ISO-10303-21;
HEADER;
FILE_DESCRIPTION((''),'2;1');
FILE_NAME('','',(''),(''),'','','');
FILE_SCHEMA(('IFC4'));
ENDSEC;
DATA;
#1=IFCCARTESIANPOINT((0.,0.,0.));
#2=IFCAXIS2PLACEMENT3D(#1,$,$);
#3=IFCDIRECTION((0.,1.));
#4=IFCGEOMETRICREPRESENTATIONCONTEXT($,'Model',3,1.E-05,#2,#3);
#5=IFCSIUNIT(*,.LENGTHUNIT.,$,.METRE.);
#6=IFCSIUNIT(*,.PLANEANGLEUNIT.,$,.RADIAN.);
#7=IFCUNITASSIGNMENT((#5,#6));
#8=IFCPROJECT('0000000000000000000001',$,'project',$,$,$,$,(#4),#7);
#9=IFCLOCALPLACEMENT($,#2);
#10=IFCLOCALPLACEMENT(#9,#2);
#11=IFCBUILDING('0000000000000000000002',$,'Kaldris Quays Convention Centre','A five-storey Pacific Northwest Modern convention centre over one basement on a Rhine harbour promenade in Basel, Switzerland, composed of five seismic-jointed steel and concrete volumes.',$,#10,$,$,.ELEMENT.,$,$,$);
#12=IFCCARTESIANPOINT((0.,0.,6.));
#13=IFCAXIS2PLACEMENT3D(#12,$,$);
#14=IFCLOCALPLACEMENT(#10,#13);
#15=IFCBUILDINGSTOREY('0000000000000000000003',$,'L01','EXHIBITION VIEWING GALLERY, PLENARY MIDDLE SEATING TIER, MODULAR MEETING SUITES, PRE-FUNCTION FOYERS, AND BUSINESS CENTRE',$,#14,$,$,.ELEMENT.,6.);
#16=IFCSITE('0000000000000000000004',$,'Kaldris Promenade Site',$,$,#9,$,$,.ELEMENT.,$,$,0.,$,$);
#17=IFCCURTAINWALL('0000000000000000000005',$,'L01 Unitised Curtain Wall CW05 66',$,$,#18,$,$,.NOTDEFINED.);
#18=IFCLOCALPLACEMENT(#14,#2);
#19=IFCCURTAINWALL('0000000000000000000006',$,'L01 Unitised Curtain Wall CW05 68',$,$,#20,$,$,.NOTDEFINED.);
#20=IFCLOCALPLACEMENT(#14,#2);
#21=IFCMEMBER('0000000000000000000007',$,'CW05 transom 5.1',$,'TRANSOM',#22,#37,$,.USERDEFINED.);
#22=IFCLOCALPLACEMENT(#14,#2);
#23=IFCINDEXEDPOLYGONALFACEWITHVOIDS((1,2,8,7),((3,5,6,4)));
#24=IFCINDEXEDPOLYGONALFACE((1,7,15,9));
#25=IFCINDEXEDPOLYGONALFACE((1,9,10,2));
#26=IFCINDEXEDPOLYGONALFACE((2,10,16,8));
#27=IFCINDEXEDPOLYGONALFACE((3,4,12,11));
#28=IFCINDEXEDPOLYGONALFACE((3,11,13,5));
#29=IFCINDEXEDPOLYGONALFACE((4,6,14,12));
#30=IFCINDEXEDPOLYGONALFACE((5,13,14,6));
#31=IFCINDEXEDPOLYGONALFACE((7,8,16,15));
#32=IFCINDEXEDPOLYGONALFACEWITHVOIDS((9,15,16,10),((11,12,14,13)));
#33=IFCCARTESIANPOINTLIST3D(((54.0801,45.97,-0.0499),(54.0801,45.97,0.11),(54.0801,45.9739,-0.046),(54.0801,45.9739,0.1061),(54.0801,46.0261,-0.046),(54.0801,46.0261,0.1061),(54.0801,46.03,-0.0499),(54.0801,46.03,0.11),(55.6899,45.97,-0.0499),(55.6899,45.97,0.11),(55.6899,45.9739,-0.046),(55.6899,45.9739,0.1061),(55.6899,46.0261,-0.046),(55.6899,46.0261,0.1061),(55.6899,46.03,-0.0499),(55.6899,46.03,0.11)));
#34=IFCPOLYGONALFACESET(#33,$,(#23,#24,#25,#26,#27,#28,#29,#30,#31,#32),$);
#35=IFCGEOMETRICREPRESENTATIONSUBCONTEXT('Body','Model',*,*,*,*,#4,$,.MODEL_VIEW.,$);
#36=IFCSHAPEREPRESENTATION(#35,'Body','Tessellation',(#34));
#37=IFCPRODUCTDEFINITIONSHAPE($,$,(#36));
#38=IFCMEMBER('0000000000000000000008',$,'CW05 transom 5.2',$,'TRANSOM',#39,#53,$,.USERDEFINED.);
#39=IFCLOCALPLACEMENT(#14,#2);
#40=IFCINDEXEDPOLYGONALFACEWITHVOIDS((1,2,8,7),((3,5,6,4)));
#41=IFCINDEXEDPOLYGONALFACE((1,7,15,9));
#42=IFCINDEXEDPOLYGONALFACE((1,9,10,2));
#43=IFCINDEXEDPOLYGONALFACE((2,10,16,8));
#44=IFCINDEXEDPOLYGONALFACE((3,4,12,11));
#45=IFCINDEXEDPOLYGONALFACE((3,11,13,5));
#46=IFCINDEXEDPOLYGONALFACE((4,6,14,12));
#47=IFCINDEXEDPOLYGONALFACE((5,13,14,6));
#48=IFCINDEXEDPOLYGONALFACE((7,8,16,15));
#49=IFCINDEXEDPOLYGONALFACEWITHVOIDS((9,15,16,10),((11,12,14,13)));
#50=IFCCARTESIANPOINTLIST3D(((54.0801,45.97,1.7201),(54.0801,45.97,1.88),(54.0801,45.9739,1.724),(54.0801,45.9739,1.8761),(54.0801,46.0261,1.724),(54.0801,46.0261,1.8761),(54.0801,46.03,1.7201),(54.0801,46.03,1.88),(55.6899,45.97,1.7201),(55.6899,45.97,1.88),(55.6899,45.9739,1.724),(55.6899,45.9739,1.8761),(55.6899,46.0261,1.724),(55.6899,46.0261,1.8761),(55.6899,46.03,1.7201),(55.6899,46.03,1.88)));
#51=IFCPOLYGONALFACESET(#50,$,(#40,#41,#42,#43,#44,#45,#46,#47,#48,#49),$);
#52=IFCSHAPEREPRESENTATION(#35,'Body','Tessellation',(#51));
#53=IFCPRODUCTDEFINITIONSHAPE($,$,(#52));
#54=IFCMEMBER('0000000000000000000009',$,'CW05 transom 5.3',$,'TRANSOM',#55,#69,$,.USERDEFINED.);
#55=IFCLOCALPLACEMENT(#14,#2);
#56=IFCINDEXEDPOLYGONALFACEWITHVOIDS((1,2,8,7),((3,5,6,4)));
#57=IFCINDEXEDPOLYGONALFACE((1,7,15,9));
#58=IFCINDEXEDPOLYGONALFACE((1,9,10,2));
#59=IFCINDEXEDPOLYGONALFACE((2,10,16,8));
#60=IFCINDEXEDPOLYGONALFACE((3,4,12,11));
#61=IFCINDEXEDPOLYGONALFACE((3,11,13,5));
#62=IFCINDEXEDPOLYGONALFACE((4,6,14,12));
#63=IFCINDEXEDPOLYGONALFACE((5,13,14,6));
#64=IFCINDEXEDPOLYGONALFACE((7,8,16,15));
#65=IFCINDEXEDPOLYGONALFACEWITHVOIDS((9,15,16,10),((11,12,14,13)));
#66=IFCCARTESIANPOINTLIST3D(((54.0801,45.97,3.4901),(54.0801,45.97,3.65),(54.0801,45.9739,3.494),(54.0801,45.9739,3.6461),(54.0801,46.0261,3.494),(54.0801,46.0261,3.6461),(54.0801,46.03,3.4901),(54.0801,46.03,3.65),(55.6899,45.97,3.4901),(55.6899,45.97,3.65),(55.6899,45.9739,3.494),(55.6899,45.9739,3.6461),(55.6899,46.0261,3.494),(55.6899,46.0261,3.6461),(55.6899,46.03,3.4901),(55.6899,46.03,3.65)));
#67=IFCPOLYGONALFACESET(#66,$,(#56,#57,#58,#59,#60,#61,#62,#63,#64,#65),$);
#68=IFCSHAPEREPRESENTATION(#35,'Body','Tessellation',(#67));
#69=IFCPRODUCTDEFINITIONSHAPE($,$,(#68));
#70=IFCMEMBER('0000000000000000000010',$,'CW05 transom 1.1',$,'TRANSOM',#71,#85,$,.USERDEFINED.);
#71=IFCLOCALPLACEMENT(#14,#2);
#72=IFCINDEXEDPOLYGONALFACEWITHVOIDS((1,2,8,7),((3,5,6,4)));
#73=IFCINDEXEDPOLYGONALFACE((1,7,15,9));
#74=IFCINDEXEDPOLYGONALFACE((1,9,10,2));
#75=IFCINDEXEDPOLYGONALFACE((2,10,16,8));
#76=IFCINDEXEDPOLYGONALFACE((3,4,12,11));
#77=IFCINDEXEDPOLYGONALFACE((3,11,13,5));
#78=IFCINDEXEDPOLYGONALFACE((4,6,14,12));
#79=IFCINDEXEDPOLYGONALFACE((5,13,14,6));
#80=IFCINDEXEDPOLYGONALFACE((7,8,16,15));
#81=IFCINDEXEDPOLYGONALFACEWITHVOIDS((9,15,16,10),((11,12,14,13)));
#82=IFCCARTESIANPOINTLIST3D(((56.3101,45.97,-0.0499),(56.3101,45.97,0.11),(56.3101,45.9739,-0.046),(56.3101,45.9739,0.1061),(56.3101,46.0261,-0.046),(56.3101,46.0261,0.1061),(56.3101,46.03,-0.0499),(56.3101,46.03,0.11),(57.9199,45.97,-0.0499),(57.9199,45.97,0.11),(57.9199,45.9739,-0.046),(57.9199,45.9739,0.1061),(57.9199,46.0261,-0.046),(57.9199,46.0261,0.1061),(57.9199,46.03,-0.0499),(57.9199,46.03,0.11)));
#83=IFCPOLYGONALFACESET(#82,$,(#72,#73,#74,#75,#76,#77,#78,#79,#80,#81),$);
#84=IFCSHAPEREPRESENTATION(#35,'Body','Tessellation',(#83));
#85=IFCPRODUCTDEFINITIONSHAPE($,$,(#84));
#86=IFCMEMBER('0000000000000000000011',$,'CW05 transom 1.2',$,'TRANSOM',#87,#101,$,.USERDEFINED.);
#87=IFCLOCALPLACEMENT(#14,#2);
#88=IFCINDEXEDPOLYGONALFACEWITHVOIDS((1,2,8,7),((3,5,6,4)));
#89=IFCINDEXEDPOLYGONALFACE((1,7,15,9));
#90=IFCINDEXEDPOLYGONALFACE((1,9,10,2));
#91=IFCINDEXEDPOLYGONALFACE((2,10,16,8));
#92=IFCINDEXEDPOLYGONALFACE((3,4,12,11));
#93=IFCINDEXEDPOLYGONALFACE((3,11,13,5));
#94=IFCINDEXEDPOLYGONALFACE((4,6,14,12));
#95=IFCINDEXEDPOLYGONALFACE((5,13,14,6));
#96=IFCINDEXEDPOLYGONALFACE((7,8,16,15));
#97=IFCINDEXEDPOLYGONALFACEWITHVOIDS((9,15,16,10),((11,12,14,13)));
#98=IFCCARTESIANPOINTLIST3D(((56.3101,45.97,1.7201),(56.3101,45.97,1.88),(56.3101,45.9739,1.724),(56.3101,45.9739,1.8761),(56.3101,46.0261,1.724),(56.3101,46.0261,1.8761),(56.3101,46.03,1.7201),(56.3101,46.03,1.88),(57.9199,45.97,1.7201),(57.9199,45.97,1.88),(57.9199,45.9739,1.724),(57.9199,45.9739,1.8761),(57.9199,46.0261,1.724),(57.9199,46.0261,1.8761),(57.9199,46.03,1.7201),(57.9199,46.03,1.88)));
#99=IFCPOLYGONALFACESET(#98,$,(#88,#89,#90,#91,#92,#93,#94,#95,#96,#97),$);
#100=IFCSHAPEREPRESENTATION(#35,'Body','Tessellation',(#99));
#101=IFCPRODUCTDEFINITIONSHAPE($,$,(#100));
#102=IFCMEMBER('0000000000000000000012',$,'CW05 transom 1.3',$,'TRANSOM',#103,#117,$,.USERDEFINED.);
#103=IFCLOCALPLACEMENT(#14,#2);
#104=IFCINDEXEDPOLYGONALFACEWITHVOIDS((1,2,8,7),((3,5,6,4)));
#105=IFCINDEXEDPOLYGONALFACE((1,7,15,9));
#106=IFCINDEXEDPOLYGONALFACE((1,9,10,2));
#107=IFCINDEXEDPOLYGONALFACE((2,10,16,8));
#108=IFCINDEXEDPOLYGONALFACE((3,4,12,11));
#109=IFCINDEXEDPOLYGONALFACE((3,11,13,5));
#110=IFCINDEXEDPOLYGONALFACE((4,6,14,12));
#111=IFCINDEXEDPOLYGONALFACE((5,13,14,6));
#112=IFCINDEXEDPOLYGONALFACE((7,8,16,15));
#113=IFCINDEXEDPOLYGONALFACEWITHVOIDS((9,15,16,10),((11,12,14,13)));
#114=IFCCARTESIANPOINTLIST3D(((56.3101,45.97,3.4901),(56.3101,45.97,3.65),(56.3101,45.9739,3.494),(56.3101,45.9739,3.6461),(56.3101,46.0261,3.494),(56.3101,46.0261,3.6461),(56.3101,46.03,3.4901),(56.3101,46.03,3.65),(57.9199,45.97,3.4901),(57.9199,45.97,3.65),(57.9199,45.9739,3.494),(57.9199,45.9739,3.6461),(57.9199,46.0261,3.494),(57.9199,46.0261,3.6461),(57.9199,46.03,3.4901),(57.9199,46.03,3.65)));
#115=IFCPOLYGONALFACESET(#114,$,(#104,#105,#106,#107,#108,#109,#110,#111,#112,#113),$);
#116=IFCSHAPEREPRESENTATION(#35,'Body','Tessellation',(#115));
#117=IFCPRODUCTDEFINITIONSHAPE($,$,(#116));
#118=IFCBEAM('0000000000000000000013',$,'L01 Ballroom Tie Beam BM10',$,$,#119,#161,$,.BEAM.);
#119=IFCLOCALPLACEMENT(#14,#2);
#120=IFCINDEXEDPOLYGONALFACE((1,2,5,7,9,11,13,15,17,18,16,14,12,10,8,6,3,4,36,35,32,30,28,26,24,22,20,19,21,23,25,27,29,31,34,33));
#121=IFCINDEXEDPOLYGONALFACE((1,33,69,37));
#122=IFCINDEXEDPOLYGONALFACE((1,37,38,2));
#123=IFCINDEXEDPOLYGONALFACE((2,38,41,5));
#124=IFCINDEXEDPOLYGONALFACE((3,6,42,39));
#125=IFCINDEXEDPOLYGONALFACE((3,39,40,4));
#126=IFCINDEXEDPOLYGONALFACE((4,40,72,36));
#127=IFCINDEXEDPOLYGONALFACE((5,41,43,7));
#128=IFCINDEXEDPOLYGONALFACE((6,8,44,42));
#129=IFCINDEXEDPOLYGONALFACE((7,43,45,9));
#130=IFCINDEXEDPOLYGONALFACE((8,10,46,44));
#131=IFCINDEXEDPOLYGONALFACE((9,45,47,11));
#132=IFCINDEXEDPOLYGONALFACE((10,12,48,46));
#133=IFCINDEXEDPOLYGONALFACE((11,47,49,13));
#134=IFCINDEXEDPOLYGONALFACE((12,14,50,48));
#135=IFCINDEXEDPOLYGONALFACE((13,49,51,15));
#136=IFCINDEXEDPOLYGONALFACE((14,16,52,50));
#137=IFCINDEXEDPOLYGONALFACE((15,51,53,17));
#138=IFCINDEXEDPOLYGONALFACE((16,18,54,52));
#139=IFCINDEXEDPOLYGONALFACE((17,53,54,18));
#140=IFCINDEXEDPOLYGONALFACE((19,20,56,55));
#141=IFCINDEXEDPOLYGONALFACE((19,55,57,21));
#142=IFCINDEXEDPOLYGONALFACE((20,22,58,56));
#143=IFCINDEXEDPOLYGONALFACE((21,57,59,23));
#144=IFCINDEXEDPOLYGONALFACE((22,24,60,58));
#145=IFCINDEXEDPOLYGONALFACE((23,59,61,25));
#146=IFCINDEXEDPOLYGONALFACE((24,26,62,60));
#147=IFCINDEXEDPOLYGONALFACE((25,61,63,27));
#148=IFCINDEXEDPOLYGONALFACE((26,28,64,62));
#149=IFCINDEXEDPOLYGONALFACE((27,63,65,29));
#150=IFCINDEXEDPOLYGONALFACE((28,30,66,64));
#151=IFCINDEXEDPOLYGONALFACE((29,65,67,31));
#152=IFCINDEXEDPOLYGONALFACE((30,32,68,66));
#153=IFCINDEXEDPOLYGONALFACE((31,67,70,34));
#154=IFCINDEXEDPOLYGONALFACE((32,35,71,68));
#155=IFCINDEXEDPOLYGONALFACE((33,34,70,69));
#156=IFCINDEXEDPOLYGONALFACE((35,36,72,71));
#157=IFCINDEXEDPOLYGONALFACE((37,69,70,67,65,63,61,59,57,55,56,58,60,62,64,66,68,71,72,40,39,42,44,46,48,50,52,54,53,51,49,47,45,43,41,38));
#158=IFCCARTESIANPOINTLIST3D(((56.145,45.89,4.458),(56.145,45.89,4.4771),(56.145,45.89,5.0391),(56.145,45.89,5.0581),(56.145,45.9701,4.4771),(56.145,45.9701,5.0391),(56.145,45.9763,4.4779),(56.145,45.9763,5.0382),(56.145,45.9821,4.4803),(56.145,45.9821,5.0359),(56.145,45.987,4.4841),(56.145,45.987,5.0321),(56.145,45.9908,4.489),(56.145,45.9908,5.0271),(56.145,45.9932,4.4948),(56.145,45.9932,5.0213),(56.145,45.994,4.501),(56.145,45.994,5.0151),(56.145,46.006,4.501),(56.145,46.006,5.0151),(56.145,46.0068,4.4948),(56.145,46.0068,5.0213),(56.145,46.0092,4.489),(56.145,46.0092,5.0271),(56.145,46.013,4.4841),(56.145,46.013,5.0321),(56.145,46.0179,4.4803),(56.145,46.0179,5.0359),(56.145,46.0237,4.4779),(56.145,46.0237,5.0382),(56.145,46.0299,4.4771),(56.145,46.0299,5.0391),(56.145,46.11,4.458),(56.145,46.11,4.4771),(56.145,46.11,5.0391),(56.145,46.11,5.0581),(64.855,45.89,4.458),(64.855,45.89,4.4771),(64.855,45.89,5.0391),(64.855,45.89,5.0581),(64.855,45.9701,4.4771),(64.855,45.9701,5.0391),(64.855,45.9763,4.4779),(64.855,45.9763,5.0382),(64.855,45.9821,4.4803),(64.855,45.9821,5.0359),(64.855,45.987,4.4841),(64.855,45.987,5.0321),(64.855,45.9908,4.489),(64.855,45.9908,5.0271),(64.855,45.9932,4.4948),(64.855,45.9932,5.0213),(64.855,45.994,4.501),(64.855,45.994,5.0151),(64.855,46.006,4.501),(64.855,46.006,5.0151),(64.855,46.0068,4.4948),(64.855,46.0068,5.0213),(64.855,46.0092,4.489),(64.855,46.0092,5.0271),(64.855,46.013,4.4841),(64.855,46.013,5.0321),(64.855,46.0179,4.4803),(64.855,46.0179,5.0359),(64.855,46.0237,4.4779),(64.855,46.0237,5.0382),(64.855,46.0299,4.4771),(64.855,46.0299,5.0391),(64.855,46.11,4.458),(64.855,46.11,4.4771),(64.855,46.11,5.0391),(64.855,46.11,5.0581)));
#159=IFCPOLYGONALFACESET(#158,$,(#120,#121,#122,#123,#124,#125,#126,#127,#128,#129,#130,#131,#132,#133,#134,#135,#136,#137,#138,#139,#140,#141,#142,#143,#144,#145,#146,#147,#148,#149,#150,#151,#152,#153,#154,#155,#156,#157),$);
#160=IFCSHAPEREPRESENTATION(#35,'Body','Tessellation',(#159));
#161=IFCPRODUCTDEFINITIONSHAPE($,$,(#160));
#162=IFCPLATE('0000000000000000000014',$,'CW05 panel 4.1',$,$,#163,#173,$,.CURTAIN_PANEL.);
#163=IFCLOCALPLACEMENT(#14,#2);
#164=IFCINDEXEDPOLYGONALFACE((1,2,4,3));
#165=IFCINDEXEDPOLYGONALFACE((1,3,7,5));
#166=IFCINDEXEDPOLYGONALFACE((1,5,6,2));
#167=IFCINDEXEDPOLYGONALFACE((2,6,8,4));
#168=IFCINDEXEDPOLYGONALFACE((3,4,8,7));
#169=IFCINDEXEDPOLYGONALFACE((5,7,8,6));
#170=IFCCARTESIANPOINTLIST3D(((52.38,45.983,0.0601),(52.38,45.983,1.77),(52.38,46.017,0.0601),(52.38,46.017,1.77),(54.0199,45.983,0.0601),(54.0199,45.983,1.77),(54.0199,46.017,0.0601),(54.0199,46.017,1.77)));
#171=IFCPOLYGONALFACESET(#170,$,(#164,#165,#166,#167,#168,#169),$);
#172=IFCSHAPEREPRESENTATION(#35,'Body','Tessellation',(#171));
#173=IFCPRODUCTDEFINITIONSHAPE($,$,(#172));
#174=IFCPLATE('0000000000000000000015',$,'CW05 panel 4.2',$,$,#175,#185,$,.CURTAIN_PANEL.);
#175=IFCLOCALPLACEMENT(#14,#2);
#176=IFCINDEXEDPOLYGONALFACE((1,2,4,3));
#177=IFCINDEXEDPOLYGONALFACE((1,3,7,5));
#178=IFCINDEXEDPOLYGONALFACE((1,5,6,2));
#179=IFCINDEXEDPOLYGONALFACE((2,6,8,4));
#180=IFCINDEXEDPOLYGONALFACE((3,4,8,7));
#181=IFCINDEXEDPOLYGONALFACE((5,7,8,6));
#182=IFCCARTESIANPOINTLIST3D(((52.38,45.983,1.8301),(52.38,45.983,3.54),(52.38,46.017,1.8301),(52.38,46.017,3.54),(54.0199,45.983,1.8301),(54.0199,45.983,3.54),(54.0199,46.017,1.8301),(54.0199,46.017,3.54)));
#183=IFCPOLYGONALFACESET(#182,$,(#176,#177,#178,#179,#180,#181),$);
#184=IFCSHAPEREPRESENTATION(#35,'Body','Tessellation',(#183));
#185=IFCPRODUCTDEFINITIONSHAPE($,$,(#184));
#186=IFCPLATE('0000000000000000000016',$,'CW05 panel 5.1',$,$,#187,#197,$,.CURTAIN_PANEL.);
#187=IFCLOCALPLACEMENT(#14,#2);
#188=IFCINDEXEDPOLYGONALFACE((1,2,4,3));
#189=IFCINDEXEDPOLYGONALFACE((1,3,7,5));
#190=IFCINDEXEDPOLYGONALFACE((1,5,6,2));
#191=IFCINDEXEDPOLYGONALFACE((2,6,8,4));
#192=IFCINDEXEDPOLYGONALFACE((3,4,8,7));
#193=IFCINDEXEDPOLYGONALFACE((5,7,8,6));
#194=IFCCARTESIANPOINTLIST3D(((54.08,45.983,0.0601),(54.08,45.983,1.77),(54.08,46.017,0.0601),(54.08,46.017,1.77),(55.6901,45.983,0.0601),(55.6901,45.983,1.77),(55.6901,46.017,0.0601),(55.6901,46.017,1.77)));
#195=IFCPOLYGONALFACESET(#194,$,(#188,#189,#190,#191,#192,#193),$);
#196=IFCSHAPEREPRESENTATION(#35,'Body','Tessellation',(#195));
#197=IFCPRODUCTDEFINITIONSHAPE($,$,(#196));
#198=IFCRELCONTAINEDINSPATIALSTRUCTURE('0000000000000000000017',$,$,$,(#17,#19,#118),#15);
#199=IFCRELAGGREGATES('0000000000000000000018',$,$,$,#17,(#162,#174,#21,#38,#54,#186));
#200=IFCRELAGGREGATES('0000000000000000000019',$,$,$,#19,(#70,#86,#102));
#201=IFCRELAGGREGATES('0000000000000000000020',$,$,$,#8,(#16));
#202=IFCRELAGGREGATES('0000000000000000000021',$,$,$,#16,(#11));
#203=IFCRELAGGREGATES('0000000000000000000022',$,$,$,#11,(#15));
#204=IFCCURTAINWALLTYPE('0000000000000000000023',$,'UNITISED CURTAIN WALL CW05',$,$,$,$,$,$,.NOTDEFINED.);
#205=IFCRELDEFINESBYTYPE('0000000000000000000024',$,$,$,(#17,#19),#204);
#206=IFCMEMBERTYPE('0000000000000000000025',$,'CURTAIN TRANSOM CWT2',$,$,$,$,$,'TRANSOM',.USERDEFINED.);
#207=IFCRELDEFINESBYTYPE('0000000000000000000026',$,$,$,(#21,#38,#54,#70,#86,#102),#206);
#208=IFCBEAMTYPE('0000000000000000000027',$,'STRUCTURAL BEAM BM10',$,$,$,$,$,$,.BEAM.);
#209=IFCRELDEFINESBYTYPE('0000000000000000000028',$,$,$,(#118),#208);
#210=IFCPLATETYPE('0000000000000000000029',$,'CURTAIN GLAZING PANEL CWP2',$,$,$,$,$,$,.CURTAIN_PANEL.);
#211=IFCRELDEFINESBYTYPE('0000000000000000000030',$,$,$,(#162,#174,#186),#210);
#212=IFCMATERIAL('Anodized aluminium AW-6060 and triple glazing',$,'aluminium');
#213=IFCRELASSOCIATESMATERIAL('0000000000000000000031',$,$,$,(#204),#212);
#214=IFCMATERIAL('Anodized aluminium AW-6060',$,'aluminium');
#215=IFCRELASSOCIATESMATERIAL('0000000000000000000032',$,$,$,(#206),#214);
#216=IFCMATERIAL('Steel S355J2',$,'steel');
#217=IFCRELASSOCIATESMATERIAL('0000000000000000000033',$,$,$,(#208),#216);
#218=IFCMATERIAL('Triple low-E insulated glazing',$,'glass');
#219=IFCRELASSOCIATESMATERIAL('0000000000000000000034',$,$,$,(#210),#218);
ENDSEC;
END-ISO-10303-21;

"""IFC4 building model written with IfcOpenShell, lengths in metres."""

from ifc_helpers import new_model, si_unit, direction, frame, origin, origin_2d, place, context, subcontext, project, spatial, rectangle, hollow_rectangle, i_section, extrude, material, material_profile, profile_set, type_object, element, aggregate, save


model = new_model("IFC4")

# Units and contexts
model_context = context("Model", 3, precision=1e-05, world=origin(), true_north=direction((0.0, 1.0)))
body_context = subcontext(model_context, "Body", "Model", "MODEL_VIEW")
ifc_project = project(units=[si_unit("LENGTHUNIT", "METRE"), si_unit("PLANEANGLEUNIT", "RADIAN")], contexts=[model_context])

# Site, building, storey
site_placement = place(None, origin())
site = spatial("IfcSite", under=ifc_project, at=site_placement, Name="Kaldris Promenade Site", CompositionType="ELEMENT", RefElevation=0.0)
building_placement = place(site_placement, origin())
building = spatial("IfcBuilding", under=site, at=building_placement, Name="Kaldris Quays Convention Centre", Description="A five-storey Pacific Northwest Modern convention centre over one basement on a Rhine harbour promenade in Basel, Switzerland, composed of five seismic-jointed steel and concrete volumes.", CompositionType="ELEMENT")
storey_placement = place(building_placement, frame((0.0, 0.0, 6.0)))
storey = spatial("IfcBuildingStorey", under=building, at=storey_placement, Name="L01", Description="EXHIBITION VIEWING GALLERY, PLENARY MIDDLE SEATING TIER, MODULAR MEETING SUITES, PRE-FUNCTION FOYERS, AND BUSINESS CENTRE", CompositionType="ELEMENT", Elevation=6.0)

# Curtain walls
ifc_material_1 = material(Name="Anodized aluminium AW-6060 and triple glazing", Category="aluminium")
curtain_wall_type_1 = type_object("IfcCurtainWallType", Name="UNITISED CURTAIN WALL CW05", PredefinedType="NOTDEFINED", material=ifc_material_1)
curtain_wall_1_placement = place(storey_placement, origin())
curtain_wall_1 = element("IfcCurtainWall", 1, at=curtain_wall_1_placement, inside=storey, type_object=curtain_wall_type_1, Name="L01 Unitised Curtain Wall CW05 66", PredefinedType="NOTDEFINED")
ifc_material_2 = material(Name="Anodized aluminium AW-6060", Category="aluminium")
curtain_wall_2_placement = place(storey_placement, origin())
curtain_wall_2 = element("IfcCurtainWall", 2, at=curtain_wall_2_placement, inside=storey, type_object=curtain_wall_type_1, Name="L01 Unitised Curtain Wall CW05 68", PredefinedType="NOTDEFINED")

# Members
ifc_material_profile_1 = material_profile(ifc_material_2, hollow_rectangle(XDim=0.0601, YDim=0.1599, WallThickness=0.0039, at=origin_2d()), Name="RHS 160x60x4")
ifc_profile_set_1 = profile_set([ifc_material_profile_1], Name="Anodized aluminium AW-6060")
member_type_1 = type_object("IfcMemberType", Name="CURTAIN TRANSOM CWT2", ElementType="TRANSOM", PredefinedType="USERDEFINED", material=ifc_profile_set_1)
member_1_placement = place(storey_placement, frame((54.0801, 46.0, 0.03), z_axis=(1.0, 0.0, 0.0), x_axis=(0.0, 1.0, 0.0)))
member_1 = element("IfcMember", 3, at=member_1_placement, type_object=member_type_1, Name="CW05 transom 5.1", ObjectType="TRANSOM", PredefinedType="USERDEFINED", context=body_context, shape_type="SweptSolid", body=[
    extrude(hollow_rectangle(XDim=0.0601, YDim=0.1599, WallThickness=0.0039, at=origin_2d()), origin(), (0.0, 0.0, 1.0), 1.6099),
])
member_2_placement = place(storey_placement, frame((54.0801, 46.0, 1.8), z_axis=(1.0, 0.0, 0.0), x_axis=(0.0, 1.0, 0.0)))
member_2 = element("IfcMember", 4, at=member_2_placement, type_object=member_type_1, Name="CW05 transom 5.2", ObjectType="TRANSOM", PredefinedType="USERDEFINED", context=body_context, shape_type="SweptSolid", body=[
    extrude(hollow_rectangle(XDim=0.0601, YDim=0.1599, WallThickness=0.0039, at=origin_2d()), origin(), (0.0, 0.0, 1.0), 1.6099),
])
member_3_placement = place(storey_placement, frame((54.0801, 46.0, 3.5701), z_axis=(1.0, 0.0, 0.0), x_axis=(0.0, 1.0, 0.0)))
member_3 = element("IfcMember", 5, at=member_3_placement, type_object=member_type_1, Name="CW05 transom 5.3", ObjectType="TRANSOM", PredefinedType="USERDEFINED", context=body_context, shape_type="SweptSolid", body=[
    extrude(hollow_rectangle(XDim=0.0601, YDim=0.1599, WallThickness=0.0039, at=origin_2d()), origin(), (0.0, 0.0, 1.0), 1.6099),
])
member_4_placement = place(storey_placement, frame((56.3101, 46.0, 0.03), z_axis=(1.0, 0.0, 0.0), x_axis=(0.0, 1.0, 0.0)))
member_4 = element("IfcMember", 6, at=member_4_placement, type_object=member_type_1, Name="CW05 transom 1.1", ObjectType="TRANSOM", PredefinedType="USERDEFINED", context=body_context, shape_type="SweptSolid", body=[
    extrude(hollow_rectangle(XDim=0.0601, YDim=0.1599, WallThickness=0.0039, at=origin_2d()), origin(), (0.0, 0.0, 1.0), 1.6099),
])
member_5_placement = place(storey_placement, frame((56.3101, 46.0, 1.8), z_axis=(1.0, 0.0, 0.0), x_axis=(0.0, 1.0, 0.0)))
member_5 = element("IfcMember", 7, at=member_5_placement, type_object=member_type_1, Name="CW05 transom 1.2", ObjectType="TRANSOM", PredefinedType="USERDEFINED", context=body_context, shape_type="SweptSolid", body=[
    extrude(hollow_rectangle(XDim=0.0601, YDim=0.1599, WallThickness=0.0039, at=origin_2d()), origin(), (0.0, 0.0, 1.0), 1.6099),
])
member_6_placement = place(storey_placement, frame((56.3101, 46.0, 3.5701), z_axis=(1.0, 0.0, 0.0), x_axis=(0.0, 1.0, 0.0)))
member_6 = element("IfcMember", 8, at=member_6_placement, type_object=member_type_1, Name="CW05 transom 1.3", ObjectType="TRANSOM", PredefinedType="USERDEFINED", context=body_context, shape_type="SweptSolid", body=[
    extrude(hollow_rectangle(XDim=0.0601, YDim=0.1599, WallThickness=0.0039, at=origin_2d()), origin(), (0.0, 0.0, 1.0), 1.6099),
])

# Beam
ifc_material_3 = material(Name="Steel S355J2", Category="steel")
ifc_material_profile_2 = material_profile(ifc_material_3, i_section(OverallWidth=0.22, OverallDepth=0.6001, WebThickness=0.012, FlangeThickness=0.019, FilletRadius=0.0239, at=origin_2d()), Name="IPE 600")
ifc_profile_set_2 = profile_set([ifc_material_profile_2], Name="Steel S355J2")
beam_type = type_object("IfcBeamType", Name="STRUCTURAL BEAM BM10", PredefinedType="BEAM", material=ifc_profile_set_2)
beam_placement = place(storey_placement, frame((56.145, 46.0, 4.7581), z_axis=(1.0, 0.0, 0.0), x_axis=(0.0, 1.0, 0.0)))
element("IfcBeam", 9, at=beam_placement, inside=storey, type_object=beam_type, Name="L01 Ballroom Tie Beam BM10", PredefinedType="BEAM", context=body_context, shape_type="SweptSolid", body=[
    extrude(i_section(OverallWidth=0.22, OverallDepth=0.6001, WebThickness=0.012, FlangeThickness=0.019, FilletRadius=0.0239, at=origin_2d()), origin(), (0.0, 0.0, 1.0), 8.71),
])

# Plates
ifc_material_4 = material(Name="Triple low-E insulated glazing", Category="glass")
plate_type_1 = type_object("IfcPlateType", Name="CURTAIN GLAZING PANEL CWP2", PredefinedType="CURTAIN_PANEL", material=ifc_material_4)
plate_1_placement = place(storey_placement, frame((53.2, 46.0, 0.0601), z_axis=(0.0, 0.0, 1.0), x_axis=(1.0, 0.0, 0.0)))
plate_1 = element("IfcPlate", 10, at=plate_1_placement, type_object=plate_type_1, Name="CW05 panel 4.1", PredefinedType="CURTAIN_PANEL", context=body_context, shape_type="SweptSolid", body=[
    extrude(rectangle(XDim=1.6399, YDim=0.0339, at=origin_2d()), origin(), (0.0, 0.0, 1.0), 1.71),
])
plate_2_placement = place(storey_placement, frame((53.2, 46.0, 1.8301), z_axis=(0.0, 0.0, 1.0), x_axis=(1.0, 0.0, 0.0)))
plate_2 = element("IfcPlate", 11, at=plate_2_placement, type_object=plate_type_1, Name="CW05 panel 4.2", PredefinedType="CURTAIN_PANEL", context=body_context, shape_type="SweptSolid", body=[
    extrude(rectangle(XDim=1.6399, YDim=0.0339, at=origin_2d()), origin(), (0.0, 0.0, 1.0), 1.71),
])
plate_3_placement = place(storey_placement, frame((54.885, 46.0, 0.0601), z_axis=(0.0, 0.0, 1.0), x_axis=(1.0, 0.0, 0.0)))
plate_3 = element("IfcPlate", 12, at=plate_3_placement, type_object=plate_type_1, Name="CW05 panel 5.1", PredefinedType="CURTAIN_PANEL", context=body_context, shape_type="SweptSolid", body=[
    extrude(rectangle(XDim=1.6101, YDim=0.0339, at=origin_2d()), origin(), (0.0, 0.0, 1.0), 1.71),
])
aggregate(curtain_wall_1, [plate_1, plate_2, member_1, member_2, member_3, plate_3])
aggregate(curtain_wall_2, [member_4, member_5, member_6])

save(model, "model.ifc")
